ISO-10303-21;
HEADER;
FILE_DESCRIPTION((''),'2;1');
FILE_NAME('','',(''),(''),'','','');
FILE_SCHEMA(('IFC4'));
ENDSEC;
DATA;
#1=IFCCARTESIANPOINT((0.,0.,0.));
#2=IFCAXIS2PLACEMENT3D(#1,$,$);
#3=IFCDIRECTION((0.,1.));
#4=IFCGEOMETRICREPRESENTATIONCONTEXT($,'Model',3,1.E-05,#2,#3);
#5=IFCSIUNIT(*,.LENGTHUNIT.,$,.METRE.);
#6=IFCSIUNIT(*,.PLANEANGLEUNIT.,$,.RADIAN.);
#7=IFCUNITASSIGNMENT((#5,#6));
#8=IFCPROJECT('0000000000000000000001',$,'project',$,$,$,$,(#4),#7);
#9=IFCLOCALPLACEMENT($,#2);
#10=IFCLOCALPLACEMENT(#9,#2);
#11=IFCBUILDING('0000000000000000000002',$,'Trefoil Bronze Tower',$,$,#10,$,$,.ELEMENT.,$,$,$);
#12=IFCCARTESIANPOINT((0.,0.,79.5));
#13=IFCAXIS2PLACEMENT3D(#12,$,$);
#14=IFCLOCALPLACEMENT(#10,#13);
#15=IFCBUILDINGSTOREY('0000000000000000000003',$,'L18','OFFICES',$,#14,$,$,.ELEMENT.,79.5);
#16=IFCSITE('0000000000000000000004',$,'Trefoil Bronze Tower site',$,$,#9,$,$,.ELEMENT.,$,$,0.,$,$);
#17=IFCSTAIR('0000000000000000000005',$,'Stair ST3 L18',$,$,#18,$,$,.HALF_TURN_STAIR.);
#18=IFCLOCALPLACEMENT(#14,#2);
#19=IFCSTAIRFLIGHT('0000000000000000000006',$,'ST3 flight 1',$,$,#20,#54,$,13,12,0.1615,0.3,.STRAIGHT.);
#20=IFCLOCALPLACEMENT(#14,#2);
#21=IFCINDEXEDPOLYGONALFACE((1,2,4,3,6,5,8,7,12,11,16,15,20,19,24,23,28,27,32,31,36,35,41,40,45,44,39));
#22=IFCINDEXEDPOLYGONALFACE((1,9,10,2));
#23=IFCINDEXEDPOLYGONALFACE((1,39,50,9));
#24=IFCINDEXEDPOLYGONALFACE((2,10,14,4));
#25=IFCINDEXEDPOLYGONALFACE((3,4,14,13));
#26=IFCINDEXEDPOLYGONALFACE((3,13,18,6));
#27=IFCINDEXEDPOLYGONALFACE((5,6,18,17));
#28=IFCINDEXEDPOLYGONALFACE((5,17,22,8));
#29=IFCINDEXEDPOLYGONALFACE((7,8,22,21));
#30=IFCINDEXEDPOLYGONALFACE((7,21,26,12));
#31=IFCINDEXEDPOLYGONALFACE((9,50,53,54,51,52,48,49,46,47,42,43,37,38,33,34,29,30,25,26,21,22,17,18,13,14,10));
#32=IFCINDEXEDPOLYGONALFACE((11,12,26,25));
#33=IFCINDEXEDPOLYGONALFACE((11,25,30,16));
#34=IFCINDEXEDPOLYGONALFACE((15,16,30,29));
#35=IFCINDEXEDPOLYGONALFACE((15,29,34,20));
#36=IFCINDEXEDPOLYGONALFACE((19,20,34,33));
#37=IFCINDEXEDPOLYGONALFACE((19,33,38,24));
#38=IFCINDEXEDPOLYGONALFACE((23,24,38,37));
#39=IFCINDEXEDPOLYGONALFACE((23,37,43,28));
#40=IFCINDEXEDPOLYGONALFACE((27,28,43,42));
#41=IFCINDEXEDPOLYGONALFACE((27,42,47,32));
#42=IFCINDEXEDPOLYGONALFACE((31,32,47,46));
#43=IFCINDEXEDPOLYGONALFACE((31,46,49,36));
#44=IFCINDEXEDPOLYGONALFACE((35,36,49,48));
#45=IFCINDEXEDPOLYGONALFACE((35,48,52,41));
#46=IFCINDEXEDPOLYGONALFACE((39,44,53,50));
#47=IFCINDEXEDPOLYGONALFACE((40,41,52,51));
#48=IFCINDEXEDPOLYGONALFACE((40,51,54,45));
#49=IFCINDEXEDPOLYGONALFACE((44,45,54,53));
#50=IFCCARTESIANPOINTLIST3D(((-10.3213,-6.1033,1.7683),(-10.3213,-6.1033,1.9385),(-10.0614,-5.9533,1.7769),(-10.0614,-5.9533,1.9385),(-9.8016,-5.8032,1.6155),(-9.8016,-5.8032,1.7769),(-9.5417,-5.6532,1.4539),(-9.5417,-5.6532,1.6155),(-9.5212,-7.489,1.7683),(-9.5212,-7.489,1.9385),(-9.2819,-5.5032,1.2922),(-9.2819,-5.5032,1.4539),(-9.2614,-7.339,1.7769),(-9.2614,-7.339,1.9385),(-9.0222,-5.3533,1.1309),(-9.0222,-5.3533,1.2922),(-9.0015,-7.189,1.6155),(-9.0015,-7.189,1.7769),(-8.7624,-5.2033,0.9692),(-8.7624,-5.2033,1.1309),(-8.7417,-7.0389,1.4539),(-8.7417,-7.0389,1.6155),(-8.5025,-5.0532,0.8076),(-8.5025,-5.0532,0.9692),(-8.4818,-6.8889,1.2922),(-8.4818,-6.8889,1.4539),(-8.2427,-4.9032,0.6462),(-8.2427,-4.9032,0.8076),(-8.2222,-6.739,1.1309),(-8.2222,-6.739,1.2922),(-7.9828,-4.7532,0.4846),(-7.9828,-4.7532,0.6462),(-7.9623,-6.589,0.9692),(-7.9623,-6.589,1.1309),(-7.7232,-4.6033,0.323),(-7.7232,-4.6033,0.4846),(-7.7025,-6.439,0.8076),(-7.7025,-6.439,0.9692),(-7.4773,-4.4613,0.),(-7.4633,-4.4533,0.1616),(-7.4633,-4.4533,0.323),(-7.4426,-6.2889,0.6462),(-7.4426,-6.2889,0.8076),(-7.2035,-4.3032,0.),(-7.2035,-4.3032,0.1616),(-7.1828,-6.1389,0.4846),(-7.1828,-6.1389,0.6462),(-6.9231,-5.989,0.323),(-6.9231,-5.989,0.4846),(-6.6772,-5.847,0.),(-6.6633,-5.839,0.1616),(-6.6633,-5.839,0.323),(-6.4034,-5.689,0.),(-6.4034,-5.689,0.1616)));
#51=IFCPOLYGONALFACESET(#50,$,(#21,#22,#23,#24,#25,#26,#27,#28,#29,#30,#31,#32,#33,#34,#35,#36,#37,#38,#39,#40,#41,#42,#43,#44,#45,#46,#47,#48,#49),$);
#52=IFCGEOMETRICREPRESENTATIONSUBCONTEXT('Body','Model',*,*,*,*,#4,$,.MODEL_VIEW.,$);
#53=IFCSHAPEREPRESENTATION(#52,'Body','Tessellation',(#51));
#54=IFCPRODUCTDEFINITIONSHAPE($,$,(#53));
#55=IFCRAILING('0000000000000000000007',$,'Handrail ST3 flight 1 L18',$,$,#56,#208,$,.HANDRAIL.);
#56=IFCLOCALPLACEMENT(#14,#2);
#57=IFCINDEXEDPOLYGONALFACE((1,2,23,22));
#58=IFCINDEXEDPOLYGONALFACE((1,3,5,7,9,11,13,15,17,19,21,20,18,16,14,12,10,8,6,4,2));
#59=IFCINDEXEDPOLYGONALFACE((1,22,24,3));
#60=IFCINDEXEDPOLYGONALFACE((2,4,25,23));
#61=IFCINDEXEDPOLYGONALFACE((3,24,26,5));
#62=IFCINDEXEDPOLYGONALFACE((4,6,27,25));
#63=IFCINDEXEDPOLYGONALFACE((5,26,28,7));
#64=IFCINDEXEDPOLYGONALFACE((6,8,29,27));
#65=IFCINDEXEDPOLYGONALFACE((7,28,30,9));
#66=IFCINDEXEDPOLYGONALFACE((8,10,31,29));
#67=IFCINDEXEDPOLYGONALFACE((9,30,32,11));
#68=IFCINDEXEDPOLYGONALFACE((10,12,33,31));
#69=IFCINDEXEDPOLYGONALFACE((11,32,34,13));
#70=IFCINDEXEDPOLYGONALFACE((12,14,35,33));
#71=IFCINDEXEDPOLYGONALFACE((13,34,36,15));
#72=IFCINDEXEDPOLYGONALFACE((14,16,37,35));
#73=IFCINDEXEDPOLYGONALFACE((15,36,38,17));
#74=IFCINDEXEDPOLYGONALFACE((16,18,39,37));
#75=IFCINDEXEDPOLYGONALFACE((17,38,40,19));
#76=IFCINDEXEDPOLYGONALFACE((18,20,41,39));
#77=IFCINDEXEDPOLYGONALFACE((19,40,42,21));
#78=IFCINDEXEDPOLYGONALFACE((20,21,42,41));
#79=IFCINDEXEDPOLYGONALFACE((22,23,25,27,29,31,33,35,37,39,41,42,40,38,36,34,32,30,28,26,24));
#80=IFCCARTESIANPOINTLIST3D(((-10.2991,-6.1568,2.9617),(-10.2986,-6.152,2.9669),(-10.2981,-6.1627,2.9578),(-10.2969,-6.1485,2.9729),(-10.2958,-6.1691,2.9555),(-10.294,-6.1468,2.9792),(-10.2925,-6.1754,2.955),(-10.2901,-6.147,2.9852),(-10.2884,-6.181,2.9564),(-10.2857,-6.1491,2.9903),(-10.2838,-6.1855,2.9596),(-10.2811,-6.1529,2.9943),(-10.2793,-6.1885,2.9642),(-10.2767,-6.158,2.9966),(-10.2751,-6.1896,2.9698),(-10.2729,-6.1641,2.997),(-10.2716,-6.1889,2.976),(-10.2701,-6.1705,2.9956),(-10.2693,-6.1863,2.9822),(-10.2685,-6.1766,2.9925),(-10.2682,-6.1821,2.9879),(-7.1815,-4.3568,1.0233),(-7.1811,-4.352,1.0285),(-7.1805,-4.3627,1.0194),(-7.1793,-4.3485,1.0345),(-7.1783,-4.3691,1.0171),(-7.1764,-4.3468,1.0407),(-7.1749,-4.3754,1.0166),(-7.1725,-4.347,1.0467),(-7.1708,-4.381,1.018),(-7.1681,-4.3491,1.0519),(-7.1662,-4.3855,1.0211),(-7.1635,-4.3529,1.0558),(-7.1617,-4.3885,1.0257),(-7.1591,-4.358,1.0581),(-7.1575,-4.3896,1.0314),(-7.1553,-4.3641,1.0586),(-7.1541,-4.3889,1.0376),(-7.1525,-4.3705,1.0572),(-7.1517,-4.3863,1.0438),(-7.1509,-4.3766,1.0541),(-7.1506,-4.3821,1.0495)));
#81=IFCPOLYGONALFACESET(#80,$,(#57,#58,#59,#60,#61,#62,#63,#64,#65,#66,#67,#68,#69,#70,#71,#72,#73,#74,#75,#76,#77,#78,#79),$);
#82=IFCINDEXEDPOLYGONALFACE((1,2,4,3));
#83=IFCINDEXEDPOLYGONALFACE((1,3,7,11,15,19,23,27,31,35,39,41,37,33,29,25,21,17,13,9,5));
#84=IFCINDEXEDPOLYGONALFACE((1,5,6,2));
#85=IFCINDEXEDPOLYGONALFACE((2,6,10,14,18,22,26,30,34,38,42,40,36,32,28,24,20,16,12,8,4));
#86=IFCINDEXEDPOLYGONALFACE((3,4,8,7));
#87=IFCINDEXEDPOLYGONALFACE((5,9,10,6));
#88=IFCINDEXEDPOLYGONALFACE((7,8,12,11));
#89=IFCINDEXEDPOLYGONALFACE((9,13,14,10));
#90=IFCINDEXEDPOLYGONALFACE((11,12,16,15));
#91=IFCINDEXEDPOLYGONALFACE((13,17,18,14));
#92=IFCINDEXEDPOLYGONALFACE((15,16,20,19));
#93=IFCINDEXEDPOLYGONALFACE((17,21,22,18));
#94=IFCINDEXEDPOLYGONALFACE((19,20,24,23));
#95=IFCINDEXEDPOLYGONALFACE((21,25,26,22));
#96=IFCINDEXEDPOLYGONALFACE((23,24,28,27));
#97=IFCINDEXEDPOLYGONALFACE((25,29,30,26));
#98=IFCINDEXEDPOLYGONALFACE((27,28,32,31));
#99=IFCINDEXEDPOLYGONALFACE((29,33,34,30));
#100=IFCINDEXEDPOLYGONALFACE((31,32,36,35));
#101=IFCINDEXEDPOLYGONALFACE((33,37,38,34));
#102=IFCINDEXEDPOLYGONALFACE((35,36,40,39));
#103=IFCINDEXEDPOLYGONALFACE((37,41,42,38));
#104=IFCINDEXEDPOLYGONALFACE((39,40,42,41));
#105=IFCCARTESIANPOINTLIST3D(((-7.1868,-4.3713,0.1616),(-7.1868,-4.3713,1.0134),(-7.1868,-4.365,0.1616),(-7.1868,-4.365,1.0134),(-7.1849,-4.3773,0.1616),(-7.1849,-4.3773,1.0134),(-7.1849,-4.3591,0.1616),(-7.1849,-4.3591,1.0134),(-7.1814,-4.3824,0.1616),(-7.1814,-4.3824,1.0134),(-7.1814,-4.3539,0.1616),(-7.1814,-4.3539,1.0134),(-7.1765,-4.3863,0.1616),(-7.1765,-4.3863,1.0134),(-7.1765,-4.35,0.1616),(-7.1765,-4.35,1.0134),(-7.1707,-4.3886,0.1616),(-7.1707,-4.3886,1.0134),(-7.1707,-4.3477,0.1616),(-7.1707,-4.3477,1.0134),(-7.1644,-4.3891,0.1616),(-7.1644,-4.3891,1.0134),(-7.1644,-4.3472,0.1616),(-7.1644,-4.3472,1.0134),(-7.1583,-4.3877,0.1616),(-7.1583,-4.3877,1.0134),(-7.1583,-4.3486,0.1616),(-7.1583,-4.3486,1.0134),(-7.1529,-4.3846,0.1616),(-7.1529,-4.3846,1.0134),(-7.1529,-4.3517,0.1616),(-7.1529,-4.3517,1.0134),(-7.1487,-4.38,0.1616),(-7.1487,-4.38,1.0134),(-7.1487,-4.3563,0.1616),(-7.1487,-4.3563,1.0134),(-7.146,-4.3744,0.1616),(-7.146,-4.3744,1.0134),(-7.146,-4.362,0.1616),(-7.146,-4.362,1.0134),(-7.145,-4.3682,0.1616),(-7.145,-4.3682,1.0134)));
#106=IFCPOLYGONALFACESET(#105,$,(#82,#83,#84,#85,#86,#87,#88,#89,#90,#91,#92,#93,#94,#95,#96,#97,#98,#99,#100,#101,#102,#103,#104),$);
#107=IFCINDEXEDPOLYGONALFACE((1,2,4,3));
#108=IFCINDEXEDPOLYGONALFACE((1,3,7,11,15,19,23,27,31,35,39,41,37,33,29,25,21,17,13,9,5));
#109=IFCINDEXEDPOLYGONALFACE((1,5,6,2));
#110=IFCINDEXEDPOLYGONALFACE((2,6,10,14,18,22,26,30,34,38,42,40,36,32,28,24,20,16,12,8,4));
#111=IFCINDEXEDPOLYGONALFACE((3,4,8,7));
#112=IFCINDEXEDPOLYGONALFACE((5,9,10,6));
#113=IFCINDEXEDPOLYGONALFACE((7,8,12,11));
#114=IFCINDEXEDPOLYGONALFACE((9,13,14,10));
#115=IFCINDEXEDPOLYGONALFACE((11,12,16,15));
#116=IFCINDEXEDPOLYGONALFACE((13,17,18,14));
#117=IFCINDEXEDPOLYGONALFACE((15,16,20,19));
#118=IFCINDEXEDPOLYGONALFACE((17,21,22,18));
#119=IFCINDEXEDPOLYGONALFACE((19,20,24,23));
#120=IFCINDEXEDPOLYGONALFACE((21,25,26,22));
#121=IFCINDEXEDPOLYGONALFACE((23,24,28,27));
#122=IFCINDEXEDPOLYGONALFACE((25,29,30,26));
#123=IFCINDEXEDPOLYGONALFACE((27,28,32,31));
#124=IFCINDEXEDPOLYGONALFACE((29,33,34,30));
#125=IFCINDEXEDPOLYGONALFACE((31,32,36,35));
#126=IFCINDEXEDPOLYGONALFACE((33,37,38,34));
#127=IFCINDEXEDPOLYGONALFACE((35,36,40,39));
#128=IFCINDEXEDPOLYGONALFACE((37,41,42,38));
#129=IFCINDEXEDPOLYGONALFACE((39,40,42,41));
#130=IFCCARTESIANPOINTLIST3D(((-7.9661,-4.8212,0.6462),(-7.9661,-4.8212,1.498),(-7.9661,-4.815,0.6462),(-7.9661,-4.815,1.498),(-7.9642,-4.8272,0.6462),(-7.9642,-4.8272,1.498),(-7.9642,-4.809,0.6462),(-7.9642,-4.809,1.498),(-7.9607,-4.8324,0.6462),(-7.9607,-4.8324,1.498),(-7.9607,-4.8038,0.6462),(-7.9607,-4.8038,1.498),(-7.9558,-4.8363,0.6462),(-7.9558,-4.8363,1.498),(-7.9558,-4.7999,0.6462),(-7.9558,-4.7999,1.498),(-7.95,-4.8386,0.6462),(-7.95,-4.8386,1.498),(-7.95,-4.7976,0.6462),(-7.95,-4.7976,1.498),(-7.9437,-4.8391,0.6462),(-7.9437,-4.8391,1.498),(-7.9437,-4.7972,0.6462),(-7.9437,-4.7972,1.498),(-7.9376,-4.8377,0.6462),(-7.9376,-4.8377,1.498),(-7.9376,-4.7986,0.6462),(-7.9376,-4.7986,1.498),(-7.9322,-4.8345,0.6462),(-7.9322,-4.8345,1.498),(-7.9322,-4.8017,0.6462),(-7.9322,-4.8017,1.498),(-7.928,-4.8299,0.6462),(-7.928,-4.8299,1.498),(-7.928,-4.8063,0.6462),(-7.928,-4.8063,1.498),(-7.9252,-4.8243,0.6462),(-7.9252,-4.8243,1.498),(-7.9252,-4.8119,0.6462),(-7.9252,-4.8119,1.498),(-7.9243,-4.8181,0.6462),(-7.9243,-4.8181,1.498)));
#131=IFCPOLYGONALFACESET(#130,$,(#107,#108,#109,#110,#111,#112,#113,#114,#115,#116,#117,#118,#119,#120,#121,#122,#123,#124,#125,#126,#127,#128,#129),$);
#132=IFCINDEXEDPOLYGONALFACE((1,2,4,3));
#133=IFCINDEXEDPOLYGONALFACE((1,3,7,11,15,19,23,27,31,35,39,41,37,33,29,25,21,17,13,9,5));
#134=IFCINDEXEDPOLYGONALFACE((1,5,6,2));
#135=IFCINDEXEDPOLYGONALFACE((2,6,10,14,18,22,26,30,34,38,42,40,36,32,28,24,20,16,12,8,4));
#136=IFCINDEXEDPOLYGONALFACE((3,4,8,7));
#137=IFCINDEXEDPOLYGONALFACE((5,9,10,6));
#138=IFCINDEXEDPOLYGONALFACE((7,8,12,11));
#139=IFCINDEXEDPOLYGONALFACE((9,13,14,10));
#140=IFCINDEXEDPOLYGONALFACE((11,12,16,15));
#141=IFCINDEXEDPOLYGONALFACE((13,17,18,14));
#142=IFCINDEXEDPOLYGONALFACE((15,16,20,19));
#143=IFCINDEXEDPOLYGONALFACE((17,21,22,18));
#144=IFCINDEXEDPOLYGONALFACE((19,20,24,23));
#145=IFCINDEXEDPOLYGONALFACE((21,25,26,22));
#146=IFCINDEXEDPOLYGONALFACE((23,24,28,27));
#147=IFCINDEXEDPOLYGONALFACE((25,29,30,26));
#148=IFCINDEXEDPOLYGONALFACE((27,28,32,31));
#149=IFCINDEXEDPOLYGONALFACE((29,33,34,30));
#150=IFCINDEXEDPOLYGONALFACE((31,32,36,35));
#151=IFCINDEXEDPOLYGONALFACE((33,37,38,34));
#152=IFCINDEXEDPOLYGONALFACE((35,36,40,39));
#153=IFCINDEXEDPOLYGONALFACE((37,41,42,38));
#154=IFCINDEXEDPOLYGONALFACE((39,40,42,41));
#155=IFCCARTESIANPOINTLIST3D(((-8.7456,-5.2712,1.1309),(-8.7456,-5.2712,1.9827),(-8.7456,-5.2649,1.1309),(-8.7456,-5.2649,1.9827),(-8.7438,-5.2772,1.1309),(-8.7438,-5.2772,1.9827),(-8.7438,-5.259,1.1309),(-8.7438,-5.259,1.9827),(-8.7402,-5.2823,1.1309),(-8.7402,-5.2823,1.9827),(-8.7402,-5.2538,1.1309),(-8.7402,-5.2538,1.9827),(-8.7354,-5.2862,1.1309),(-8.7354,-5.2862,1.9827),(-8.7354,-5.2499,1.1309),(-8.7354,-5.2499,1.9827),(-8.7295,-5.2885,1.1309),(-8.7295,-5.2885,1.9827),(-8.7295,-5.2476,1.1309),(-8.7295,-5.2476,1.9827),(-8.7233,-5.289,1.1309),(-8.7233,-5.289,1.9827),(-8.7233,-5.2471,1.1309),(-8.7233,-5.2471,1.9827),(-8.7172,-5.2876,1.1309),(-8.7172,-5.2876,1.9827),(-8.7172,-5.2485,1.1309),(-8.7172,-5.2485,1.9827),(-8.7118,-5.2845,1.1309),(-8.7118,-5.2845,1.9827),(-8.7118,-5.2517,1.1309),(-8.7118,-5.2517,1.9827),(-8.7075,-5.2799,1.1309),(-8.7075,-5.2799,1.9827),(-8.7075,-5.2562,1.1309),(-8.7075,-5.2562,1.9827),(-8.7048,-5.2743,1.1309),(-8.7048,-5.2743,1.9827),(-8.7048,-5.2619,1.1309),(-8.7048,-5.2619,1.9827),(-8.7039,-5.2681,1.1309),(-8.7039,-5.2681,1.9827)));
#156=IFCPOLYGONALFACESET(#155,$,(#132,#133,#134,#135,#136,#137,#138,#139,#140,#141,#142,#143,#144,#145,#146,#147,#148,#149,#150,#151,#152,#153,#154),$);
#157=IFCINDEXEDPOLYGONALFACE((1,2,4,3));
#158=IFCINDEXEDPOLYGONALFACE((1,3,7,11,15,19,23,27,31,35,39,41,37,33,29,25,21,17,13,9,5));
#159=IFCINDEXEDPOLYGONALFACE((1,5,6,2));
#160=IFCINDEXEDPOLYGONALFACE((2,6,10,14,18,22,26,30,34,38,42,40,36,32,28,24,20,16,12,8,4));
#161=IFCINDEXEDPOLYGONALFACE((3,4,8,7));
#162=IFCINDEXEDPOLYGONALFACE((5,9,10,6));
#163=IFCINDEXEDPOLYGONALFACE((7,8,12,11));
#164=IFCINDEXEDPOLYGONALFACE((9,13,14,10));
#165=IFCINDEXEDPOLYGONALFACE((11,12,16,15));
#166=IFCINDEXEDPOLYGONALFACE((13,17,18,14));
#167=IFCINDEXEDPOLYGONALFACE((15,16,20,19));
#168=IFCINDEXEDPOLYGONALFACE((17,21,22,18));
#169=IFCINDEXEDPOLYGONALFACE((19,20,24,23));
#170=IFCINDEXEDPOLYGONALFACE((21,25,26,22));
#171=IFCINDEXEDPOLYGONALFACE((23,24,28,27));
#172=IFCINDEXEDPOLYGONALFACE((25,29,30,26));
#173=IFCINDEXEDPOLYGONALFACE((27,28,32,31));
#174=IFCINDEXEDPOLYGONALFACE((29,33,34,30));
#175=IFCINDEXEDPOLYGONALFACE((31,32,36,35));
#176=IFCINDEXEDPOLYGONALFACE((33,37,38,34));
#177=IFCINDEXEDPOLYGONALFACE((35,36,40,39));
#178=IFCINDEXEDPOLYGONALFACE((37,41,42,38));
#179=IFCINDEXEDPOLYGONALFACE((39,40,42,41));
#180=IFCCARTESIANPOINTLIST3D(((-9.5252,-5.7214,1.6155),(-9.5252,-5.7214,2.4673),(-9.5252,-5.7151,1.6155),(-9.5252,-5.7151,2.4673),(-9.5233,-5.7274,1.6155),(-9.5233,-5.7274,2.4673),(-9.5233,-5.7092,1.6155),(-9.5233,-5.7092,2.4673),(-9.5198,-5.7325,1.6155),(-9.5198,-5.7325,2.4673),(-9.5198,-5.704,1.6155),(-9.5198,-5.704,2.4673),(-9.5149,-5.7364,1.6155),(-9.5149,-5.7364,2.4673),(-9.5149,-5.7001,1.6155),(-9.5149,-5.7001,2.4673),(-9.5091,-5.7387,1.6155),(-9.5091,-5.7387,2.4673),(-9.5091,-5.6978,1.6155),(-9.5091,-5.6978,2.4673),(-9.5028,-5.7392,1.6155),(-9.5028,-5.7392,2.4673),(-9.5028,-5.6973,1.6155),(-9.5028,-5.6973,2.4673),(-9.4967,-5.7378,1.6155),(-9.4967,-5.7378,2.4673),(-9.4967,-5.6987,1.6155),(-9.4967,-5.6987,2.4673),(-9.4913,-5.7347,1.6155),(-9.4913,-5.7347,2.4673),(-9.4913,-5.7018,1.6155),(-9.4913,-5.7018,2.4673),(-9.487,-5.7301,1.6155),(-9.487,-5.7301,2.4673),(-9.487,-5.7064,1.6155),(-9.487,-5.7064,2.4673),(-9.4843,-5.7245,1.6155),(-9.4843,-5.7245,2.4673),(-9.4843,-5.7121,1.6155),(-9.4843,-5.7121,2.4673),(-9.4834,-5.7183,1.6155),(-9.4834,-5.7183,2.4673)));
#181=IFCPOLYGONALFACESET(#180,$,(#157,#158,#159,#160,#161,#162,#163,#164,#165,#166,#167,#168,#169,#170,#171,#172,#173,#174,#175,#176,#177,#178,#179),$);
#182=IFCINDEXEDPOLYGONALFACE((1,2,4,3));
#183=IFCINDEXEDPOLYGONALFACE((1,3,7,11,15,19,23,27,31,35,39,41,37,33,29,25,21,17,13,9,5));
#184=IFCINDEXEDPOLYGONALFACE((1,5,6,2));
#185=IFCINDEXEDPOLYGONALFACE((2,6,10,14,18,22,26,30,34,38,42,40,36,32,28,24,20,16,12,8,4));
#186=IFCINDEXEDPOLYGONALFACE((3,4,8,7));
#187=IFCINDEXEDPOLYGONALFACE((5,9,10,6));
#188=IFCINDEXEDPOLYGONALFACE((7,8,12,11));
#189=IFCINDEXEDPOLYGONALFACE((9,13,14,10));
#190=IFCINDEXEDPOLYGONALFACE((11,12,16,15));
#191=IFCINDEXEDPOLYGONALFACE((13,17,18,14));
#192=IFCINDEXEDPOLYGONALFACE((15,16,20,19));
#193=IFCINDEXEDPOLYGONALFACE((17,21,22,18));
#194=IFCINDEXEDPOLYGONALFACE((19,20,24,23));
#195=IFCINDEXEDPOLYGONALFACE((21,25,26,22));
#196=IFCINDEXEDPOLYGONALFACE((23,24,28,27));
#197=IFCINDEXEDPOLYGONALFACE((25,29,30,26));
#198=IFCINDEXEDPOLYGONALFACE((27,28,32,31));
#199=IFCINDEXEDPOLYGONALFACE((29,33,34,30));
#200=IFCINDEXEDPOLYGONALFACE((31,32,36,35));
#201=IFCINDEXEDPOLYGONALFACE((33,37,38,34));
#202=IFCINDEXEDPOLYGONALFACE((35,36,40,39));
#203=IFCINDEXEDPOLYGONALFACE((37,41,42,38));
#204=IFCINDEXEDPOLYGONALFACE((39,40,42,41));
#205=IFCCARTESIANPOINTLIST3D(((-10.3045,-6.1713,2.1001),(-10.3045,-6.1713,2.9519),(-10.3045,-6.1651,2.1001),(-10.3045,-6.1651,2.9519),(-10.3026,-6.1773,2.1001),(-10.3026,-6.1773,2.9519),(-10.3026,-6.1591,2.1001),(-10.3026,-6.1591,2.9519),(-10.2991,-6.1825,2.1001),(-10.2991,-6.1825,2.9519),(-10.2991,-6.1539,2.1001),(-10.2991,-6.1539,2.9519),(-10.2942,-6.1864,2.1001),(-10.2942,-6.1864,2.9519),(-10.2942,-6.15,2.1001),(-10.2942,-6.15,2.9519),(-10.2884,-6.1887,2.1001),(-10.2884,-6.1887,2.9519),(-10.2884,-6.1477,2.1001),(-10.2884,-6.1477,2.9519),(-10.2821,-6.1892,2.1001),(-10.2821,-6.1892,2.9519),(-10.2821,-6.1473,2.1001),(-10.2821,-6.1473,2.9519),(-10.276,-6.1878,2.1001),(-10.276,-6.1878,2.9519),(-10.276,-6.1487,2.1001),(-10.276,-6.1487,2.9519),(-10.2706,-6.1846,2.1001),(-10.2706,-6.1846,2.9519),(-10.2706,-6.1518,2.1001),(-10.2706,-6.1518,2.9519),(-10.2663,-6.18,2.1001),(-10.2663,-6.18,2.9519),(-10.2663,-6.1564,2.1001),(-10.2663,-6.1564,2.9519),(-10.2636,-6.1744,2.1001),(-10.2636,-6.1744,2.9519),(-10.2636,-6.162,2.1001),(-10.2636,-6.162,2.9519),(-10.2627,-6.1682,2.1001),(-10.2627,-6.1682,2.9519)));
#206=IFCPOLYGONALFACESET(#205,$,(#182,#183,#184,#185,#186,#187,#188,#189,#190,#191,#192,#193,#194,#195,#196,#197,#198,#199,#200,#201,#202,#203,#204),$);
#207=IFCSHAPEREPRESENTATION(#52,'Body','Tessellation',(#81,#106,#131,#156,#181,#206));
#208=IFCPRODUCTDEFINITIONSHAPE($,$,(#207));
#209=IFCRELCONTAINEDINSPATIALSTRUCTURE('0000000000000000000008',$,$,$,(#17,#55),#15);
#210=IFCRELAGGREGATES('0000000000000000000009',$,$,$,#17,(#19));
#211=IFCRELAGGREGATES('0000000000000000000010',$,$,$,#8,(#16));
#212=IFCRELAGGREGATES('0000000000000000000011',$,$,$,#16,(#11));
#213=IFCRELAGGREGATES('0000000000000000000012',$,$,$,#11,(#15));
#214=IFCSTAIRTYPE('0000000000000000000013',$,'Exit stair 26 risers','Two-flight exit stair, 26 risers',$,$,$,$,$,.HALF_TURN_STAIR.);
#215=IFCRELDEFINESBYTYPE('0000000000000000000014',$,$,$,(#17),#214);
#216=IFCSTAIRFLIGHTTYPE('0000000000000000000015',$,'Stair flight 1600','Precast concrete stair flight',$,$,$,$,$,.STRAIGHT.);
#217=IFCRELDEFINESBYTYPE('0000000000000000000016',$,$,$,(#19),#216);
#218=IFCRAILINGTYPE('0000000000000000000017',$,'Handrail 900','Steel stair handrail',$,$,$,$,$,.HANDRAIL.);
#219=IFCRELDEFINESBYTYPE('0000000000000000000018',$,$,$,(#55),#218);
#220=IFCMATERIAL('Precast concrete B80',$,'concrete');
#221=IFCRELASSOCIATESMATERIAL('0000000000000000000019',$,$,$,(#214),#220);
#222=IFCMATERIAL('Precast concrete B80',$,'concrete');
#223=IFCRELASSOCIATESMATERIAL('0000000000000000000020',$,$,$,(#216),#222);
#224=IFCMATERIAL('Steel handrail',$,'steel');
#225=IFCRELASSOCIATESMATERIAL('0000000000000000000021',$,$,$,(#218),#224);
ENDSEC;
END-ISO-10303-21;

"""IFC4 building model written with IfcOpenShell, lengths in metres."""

from ifc_helpers import new_model, si_unit, direction, frame, origin, origin_2d, place, context, subcontext, project, spatial, polyline, circle, outline, extrude, material, type_object, element, aggregate, save


model = new_model("IFC4")

# Units and contexts
model_context = context("Model", 3, precision=1e-05, world=origin(), true_north=direction((0.0, 1.0)))
body_context = subcontext(model_context, "Body", "Model", "MODEL_VIEW")
ifc_project = project(units=[si_unit("LENGTHUNIT", "METRE"), si_unit("PLANEANGLEUNIT", "RADIAN")], contexts=[model_context])

# Site, building, storey
site_placement = place(None, origin())
site = spatial("IfcSite", under=ifc_project, at=site_placement, Name="Trefoil Bronze Tower site", CompositionType="ELEMENT", RefElevation=0.0)
building_placement = place(site_placement, origin())
building = spatial("IfcBuilding", under=site, at=building_placement, Name="Trefoil Bronze Tower", CompositionType="ELEMENT")
storey_placement = place(building_placement, frame((0.0, 0.0, 79.5)))
storey = spatial("IfcBuildingStorey", under=building, at=storey_placement, Name="L18", Description="OFFICES", CompositionType="ELEMENT", Elevation=79.5)

# Stair, stair flight
ifc_material_1 = material(Name="Precast concrete B80", Category="concrete")
stair_type = type_object("IfcStairType", Name="Exit stair 26 risers", Description="Two-flight exit stair, 26 risers", PredefinedType="HALF_TURN_STAIR", material=ifc_material_1)
stair_placement = place(storey_placement, origin())
stair = element("IfcStair", 1, at=stair_placement, inside=storey, type_object=stair_type, Name="Stair ST3 L18", PredefinedType="HALF_TURN_STAIR")
ifc_material_2 = material(Name="Precast concrete B80", Category="concrete")
stair_flight_type = type_object("IfcStairFlightType", Name="Stair flight 1600", Description="Precast concrete stair flight", PredefinedType="STRAIGHT", material=ifc_material_2)
stair_flight_placement = place(storey_placement, frame((-6.8035, -4.9961, 0.0), z_axis=(0.0, 0.0, 1.0), x_axis=(-0.866025, -0.5, 0.0)))
stair_flight = element("IfcStairFlight", 2, at=stair_flight_placement, type_object=stair_flight_type, Name="ST3 flight 1", NumberOfRisers=13, NumberOfTreads=12, PredefinedType="STRAIGHT", RiserHeight=0.1615, TreadLength=0.3, context=body_context, shape_type="SweptSolid", body=[
    extrude(outline(polyline([(0.0, 0.0), (0.0, 0.1616), (0.3, 0.1616), (0.3, 0.323), (0.6001, 0.323), (0.6001, 0.4846), (0.8999, 0.4846), (0.8999, 0.6462), (1.2, 0.6462), (1.2, 0.8076), (1.5, 0.8076), (1.5, 0.9692), (1.8, 0.9692), (1.8, 1.1309), (2.1001, 1.1309), (2.1001, 1.2922), (2.3999, 1.2922), (2.3999, 1.4539), (2.7, 1.4539), (2.7, 1.6155), (3.0, 1.6155), (3.0, 1.7769), (3.3, 1.7769), (3.3, 1.9385), (3.6001, 1.9385), (3.6001, 2.1001), (3.6001, 1.7683), (0.3162, 0.0), (0.0, 0.0)])), frame((0.0, 0.8, 0.0), z_axis=(0.0, -1.0, 0.0), x_axis=(1.0, 0.0, 0.0)), (0.0, 0.0, 1.0), 1.6001),
])
aggregate(stair, [stair_flight])

# Railing
ifc_material_3 = material(Name="Steel handrail", Category="steel")
railing_type = type_object("IfcRailingType", Name="Handrail 900", Description="Steel stair handrail", PredefinedType="HANDRAIL", material=ifc_material_3)
railing_placement = place(storey_placement, frame((-7.166, -4.3682, 0.1616)))
element("IfcRailing", 3, at=railing_placement, inside=storey, type_object=railing_type, Name="Handrail ST3 flight 1 L18", PredefinedType="HANDRAIL", context=body_context, shape_type="SweptSolid", body=[
    extrude(circle(Radius=0.0239, at=origin_2d()), frame((0.0, 0.0, 0.876), z_axis=(-0.762503, -0.440246, 0.474102), x_axis=(0.500012, -0.866018, 0.0)), (0.0, 0.0, 1.0), 4.0886),
    extrude(circle(Radius=0.021, at=origin_2d()), origin(), (0.0, 0.0, 1.0), 0.8518),
    extrude(circle(Radius=0.021, at=origin_2d()), frame((-0.7793, -0.45, 0.4846)), (0.0, 0.0, 1.0), 0.8518),
    extrude(circle(Radius=0.021, at=origin_2d()), frame((-1.5588, -0.8999, 0.9692)), (0.0, 0.0, 1.0), 0.8518),
    extrude(circle(Radius=0.021, at=origin_2d()), frame((-2.3384, -1.3501, 1.4539)), (0.0, 0.0, 1.0), 0.8518),
    extrude(circle(Radius=0.021, at=origin_2d()), frame((-3.1177, -1.8, 1.9385)), (0.0, 0.0, 1.0), 0.8518),
])

save(model, "model.ifc")
